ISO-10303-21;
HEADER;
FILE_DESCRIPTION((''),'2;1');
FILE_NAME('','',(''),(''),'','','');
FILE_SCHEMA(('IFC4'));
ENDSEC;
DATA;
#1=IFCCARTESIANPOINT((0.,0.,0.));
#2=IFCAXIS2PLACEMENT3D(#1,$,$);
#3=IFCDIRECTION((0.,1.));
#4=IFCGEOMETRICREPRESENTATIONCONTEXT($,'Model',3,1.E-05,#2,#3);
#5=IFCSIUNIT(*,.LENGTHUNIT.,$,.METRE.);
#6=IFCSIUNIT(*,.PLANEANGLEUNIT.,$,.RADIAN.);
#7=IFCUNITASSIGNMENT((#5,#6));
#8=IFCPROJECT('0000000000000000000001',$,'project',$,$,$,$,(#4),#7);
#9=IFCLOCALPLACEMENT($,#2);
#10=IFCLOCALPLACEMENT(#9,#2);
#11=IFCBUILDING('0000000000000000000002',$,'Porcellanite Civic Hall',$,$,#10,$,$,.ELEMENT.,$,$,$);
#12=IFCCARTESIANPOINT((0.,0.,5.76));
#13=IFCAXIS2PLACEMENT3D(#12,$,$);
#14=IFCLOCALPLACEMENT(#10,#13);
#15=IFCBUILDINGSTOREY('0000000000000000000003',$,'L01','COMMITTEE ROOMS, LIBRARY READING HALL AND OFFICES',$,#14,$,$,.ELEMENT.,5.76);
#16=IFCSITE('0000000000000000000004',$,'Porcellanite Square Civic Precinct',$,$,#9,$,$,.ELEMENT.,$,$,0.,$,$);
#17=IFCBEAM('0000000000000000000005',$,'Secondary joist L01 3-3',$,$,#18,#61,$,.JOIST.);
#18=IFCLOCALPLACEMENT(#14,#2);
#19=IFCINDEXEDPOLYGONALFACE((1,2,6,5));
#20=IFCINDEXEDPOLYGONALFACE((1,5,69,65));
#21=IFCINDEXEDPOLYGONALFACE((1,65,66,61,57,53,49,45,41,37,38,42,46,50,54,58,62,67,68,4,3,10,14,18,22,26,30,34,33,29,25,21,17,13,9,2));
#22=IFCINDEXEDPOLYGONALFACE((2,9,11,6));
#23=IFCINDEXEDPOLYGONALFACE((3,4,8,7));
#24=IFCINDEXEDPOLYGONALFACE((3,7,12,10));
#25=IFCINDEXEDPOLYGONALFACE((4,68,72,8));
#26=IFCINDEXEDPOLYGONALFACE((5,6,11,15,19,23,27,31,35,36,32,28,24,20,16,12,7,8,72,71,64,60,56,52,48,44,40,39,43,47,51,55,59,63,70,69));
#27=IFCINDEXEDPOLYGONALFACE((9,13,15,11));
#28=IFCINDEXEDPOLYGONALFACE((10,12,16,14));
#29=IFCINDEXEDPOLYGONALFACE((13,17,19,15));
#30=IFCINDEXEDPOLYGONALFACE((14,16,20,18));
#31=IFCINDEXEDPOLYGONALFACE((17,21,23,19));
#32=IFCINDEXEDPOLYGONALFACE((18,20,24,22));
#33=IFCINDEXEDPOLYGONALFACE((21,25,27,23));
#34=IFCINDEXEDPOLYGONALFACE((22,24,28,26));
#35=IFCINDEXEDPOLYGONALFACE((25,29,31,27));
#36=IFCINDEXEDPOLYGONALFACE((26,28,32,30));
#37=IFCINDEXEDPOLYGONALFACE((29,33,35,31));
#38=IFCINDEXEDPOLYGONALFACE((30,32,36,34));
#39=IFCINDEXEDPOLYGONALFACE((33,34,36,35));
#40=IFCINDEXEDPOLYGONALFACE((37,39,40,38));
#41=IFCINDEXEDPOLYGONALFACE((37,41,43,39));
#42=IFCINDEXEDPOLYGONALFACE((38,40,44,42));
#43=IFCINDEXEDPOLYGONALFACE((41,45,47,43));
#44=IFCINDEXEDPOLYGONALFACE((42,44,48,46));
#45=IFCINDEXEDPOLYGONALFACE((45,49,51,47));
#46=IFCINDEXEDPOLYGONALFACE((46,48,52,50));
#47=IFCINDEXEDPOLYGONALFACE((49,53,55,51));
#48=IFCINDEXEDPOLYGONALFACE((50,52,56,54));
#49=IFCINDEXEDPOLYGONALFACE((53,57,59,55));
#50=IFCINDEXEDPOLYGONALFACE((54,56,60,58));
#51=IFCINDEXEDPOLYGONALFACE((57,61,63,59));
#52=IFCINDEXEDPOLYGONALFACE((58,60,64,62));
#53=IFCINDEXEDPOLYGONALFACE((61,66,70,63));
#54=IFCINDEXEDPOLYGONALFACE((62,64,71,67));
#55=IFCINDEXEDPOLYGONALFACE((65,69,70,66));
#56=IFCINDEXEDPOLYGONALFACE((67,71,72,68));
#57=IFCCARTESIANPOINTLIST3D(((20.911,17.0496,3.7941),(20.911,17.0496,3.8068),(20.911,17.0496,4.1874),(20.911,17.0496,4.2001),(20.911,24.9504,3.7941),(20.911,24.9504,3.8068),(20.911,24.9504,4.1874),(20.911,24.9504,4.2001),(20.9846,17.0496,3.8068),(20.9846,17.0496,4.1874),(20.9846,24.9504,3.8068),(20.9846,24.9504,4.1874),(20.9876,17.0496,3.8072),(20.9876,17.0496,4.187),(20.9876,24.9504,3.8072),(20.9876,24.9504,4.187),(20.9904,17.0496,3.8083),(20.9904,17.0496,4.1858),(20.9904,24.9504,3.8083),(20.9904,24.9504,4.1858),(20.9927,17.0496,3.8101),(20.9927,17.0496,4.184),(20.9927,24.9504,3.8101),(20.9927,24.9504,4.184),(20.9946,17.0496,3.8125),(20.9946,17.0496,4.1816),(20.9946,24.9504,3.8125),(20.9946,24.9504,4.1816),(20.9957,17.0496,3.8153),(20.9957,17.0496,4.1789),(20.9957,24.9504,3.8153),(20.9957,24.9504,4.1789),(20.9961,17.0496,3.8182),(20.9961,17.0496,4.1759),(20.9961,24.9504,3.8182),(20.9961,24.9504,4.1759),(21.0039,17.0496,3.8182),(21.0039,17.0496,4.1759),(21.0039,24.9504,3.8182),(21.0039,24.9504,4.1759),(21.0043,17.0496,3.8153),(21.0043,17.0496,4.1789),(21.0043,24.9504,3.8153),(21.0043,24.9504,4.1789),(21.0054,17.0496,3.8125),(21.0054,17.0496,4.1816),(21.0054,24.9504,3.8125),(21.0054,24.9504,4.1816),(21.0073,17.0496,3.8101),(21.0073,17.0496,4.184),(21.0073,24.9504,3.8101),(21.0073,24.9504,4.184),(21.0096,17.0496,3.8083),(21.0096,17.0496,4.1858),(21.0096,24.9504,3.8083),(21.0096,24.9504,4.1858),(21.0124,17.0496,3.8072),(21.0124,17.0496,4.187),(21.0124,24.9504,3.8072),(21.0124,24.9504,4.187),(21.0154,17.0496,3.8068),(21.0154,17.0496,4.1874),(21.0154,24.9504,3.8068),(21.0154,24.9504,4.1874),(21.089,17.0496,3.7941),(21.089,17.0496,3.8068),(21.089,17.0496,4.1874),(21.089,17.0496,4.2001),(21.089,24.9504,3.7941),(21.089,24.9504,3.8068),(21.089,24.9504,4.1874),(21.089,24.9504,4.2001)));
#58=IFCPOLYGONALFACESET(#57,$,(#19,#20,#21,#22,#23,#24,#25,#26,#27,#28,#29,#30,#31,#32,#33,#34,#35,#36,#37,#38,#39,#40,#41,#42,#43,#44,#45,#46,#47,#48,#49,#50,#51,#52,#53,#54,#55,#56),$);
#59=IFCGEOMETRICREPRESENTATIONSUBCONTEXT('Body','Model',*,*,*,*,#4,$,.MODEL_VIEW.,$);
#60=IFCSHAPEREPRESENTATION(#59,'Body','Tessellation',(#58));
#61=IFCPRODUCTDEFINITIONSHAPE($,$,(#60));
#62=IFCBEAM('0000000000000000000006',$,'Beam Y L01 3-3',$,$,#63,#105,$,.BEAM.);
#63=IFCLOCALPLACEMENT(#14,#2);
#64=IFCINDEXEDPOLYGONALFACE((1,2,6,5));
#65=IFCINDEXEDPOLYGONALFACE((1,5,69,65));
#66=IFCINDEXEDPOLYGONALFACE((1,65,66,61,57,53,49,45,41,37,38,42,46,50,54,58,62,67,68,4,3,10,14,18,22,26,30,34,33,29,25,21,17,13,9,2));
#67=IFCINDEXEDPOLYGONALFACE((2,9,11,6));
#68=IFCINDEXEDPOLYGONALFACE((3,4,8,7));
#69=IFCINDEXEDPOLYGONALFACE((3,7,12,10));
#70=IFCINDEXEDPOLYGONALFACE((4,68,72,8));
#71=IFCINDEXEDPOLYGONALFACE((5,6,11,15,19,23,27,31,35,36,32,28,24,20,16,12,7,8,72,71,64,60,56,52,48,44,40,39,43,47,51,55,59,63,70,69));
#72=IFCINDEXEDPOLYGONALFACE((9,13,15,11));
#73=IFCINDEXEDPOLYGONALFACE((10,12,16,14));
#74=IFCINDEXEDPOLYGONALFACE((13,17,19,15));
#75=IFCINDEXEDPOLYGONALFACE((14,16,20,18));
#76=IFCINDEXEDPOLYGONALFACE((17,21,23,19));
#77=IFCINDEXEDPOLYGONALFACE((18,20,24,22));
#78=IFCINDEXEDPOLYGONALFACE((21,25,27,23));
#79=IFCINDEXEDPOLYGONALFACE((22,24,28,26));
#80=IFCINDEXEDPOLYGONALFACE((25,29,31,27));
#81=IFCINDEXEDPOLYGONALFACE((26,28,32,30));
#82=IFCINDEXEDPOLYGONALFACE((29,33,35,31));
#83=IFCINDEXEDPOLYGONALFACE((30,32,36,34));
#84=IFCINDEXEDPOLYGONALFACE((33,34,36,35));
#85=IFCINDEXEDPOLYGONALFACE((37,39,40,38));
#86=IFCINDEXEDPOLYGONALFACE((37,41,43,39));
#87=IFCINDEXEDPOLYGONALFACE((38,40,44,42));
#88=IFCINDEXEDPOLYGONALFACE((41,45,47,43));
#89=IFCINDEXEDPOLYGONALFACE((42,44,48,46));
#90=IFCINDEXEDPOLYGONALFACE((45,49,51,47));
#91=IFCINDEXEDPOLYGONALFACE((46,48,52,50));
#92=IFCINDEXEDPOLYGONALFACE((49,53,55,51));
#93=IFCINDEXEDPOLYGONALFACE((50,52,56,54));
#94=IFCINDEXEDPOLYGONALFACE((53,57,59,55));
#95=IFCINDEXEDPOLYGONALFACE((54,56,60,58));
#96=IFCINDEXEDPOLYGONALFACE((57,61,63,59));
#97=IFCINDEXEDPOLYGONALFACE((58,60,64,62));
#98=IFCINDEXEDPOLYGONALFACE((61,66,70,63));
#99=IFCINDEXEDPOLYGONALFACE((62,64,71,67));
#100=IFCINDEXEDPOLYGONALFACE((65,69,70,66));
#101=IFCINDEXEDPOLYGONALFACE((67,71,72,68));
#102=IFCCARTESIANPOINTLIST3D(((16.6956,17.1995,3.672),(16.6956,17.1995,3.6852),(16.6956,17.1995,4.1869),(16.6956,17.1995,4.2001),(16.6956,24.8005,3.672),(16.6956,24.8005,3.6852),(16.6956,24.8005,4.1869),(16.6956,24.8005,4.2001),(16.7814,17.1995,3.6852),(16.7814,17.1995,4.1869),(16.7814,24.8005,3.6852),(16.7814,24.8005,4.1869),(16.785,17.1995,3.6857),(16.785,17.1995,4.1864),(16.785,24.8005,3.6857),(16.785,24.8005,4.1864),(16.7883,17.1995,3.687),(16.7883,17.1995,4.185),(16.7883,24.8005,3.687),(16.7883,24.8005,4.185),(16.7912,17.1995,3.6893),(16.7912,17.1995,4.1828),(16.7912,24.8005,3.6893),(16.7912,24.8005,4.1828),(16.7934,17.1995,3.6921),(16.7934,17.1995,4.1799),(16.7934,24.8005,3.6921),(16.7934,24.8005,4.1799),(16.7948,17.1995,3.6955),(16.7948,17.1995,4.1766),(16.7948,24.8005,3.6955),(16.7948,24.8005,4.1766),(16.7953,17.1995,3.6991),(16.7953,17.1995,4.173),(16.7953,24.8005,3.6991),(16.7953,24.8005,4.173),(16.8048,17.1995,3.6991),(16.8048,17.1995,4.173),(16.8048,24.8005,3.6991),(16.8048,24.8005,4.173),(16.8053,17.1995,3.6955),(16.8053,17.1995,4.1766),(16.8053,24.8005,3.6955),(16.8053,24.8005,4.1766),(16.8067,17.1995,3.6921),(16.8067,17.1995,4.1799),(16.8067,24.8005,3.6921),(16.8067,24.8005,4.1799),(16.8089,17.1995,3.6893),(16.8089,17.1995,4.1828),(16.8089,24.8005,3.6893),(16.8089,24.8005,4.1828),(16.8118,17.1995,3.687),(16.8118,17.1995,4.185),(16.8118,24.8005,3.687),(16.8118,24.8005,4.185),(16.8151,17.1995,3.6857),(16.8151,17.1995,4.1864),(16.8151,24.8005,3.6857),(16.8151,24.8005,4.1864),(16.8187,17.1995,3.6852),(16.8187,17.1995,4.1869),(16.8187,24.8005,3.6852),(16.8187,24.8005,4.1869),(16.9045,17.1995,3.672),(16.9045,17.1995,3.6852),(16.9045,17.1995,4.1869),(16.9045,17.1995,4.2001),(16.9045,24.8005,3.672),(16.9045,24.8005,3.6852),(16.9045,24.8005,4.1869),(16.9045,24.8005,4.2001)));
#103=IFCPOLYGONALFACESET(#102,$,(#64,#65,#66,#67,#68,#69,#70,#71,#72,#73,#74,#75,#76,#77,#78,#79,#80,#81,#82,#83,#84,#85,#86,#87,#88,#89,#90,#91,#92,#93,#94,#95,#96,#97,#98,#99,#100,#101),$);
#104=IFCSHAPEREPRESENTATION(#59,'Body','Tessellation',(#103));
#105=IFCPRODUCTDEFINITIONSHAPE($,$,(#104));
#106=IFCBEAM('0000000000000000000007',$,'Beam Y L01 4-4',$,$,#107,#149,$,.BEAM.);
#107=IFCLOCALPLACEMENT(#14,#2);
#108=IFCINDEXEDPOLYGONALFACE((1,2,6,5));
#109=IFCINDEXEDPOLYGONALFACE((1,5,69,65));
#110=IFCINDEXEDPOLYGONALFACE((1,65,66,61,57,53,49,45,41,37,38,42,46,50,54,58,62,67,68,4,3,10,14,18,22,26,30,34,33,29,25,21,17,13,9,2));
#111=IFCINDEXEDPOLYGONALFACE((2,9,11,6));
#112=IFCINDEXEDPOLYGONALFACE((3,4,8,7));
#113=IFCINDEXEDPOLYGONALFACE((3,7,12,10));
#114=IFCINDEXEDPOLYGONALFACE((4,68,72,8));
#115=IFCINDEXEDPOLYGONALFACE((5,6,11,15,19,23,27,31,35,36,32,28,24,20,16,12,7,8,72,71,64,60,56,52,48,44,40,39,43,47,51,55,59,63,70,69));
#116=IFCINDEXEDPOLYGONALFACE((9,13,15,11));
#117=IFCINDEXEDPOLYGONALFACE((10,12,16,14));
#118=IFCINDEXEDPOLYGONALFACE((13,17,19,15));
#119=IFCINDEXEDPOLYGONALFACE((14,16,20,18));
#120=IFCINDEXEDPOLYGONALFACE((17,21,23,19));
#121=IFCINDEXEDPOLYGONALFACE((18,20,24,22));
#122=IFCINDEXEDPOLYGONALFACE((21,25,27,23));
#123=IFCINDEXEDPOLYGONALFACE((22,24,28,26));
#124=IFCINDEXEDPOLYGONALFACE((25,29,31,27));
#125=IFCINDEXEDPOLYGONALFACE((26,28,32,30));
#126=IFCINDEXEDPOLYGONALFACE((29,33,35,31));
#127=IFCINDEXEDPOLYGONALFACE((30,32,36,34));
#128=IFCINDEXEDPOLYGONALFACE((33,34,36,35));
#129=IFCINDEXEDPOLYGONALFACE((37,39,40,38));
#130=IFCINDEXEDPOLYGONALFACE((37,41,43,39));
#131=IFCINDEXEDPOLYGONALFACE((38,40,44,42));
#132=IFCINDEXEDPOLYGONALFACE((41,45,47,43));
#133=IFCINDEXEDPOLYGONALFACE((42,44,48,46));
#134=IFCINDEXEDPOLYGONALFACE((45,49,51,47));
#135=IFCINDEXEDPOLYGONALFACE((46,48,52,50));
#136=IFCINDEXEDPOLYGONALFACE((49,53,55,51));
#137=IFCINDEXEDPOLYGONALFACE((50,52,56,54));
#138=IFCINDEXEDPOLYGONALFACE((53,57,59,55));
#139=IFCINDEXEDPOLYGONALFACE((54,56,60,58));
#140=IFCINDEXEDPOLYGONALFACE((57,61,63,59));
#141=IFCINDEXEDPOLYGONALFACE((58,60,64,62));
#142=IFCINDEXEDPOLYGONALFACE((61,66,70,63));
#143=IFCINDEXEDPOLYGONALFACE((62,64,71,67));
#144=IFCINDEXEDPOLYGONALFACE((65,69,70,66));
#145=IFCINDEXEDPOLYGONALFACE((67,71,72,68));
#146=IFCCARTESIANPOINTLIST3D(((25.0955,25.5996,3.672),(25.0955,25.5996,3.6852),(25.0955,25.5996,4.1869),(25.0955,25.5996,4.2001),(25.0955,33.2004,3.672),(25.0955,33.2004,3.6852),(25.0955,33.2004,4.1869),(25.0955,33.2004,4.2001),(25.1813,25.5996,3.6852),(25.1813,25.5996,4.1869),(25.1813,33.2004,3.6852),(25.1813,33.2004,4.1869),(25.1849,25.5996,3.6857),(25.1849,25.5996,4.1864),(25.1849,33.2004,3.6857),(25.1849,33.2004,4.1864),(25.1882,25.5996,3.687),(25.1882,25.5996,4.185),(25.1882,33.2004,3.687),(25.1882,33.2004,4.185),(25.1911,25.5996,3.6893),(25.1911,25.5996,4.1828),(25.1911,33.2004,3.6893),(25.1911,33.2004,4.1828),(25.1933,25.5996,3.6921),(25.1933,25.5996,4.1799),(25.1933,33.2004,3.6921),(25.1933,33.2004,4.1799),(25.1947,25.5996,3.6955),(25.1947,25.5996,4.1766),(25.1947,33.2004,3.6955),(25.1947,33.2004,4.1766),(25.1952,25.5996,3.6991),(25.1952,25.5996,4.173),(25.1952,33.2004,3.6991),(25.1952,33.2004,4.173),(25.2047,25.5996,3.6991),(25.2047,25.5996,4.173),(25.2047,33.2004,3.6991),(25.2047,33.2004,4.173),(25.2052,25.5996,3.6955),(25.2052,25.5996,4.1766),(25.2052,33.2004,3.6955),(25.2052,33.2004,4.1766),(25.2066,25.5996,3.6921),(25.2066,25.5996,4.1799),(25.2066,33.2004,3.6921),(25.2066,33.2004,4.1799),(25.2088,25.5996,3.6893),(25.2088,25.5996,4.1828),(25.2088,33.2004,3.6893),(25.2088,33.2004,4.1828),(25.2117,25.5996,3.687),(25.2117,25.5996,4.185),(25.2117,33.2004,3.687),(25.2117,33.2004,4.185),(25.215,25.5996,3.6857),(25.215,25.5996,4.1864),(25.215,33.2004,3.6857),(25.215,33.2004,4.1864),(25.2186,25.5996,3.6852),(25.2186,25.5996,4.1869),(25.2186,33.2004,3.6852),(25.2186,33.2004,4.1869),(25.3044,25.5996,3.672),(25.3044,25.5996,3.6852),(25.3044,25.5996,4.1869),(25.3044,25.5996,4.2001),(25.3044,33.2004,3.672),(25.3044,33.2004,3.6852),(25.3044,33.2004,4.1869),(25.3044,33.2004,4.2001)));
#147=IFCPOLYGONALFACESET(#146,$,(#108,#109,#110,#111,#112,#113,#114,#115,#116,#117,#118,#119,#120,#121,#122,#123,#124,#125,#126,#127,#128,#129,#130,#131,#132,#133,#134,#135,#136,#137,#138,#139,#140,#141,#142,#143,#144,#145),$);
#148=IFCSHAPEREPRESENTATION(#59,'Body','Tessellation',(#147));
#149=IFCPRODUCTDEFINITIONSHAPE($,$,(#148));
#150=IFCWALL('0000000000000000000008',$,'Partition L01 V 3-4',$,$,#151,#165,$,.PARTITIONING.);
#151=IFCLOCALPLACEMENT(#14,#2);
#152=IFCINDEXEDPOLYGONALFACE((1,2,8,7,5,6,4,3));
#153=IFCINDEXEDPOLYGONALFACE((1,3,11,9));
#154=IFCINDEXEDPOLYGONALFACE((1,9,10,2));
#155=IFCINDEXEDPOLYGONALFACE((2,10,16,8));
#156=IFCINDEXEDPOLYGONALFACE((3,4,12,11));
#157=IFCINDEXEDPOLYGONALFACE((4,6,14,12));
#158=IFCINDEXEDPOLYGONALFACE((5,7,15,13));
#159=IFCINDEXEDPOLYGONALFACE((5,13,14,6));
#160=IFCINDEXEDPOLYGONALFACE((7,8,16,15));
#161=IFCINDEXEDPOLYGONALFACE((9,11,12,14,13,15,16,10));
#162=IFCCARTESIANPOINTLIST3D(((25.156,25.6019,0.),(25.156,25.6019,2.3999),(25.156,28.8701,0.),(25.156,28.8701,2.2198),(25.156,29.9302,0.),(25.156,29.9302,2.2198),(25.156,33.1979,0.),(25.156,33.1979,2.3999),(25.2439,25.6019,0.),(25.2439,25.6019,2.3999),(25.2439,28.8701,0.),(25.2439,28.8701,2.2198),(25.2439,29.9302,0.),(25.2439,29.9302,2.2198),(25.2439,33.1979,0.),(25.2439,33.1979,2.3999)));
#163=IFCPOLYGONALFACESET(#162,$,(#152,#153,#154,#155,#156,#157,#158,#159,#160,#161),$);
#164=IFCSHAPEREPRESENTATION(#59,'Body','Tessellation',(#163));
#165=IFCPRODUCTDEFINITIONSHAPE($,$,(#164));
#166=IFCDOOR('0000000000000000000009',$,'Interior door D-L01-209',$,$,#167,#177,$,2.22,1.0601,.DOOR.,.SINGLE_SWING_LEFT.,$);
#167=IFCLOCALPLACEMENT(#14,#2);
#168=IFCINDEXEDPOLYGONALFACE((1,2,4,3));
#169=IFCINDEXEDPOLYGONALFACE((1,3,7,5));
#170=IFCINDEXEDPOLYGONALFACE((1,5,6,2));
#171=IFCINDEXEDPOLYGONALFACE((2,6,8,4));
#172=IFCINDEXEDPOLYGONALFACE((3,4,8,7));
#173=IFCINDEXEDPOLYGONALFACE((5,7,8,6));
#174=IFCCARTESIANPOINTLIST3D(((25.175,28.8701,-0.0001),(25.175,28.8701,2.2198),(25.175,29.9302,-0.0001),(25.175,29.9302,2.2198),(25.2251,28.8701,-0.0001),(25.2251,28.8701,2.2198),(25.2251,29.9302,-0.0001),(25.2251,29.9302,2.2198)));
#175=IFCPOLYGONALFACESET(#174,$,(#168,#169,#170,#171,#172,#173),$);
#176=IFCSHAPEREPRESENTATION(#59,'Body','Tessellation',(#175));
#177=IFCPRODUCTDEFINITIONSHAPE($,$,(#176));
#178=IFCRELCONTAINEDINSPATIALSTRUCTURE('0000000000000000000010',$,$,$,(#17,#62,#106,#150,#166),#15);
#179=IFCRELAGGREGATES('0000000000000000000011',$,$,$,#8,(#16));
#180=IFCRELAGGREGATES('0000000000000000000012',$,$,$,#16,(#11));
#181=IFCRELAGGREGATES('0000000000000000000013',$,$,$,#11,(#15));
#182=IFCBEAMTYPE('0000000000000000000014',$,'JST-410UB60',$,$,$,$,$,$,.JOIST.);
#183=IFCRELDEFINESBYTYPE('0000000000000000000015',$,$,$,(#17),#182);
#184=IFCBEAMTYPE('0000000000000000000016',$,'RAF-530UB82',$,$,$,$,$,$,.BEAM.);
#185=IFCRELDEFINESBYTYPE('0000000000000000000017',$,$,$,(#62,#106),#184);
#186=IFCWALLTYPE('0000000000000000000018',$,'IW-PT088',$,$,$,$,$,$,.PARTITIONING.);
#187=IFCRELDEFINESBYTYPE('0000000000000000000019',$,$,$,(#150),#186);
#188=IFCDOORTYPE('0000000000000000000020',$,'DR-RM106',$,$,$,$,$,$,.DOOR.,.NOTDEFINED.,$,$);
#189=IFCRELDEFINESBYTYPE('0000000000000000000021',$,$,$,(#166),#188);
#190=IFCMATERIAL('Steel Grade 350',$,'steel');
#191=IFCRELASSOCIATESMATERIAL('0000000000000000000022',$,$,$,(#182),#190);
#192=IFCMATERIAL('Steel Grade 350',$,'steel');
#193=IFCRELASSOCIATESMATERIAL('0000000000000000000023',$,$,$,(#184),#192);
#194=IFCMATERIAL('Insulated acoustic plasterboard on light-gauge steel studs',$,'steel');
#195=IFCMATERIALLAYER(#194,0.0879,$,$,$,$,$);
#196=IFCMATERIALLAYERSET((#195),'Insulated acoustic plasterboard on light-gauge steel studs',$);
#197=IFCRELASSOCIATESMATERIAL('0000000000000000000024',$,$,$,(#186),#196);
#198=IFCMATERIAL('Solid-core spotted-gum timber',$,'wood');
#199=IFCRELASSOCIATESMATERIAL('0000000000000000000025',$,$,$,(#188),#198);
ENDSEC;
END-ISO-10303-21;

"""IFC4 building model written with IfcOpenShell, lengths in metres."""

from ifc_helpers import new_model, si_unit, direction, frame, frame_2d, origin, origin_2d, place, context, subcontext, project, spatial, rectangle, i_section, extrude, material, layer, layer_set, material_profile, profile_set, type_object, element, fill, save


model = new_model("IFC4")

# Units and contexts
model_context = context("Model", 3, precision=1e-05, world=origin(), true_north=direction((0.0, 1.0)))
body_context = subcontext(model_context, "Body", "Model", "MODEL_VIEW")
ifc_project = project(units=[si_unit("LENGTHUNIT", "METRE"), si_unit("PLANEANGLEUNIT", "RADIAN")], contexts=[model_context])

# Site, building, storey
site_placement = place(None, origin())
site = spatial("IfcSite", under=ifc_project, at=site_placement, Name="Porcellanite Square Civic Precinct", CompositionType="ELEMENT", RefElevation=0.0)
building_placement = place(site_placement, origin())
building = spatial("IfcBuilding", under=site, at=building_placement, Name="Porcellanite Civic Hall", CompositionType="ELEMENT")
storey_placement = place(building_placement, frame((0.0, 0.0, 5.76)))
storey = spatial("IfcBuildingStorey", under=building, at=storey_placement, Name="L01", Description="COMMITTEE ROOMS, LIBRARY READING HALL AND OFFICES", CompositionType="ELEMENT", Elevation=5.76)

# Beams
ifc_material_1 = material(Name="Steel Grade 350", Category="steel")
ifc_material_profile_1 = material_profile(ifc_material_1, i_section(OverallWidth=0.178, OverallDepth=0.406, WebThickness=0.0078, FlangeThickness=0.0127, FilletRadius=0.0115, at=origin_2d()), Name="410UB59.7")
ifc_profile_set_1 = profile_set([ifc_material_profile_1], Name="Steel Grade 350")
beam_type_1 = type_object("IfcBeamType", Name="JST-410UB60", PredefinedType="JOIST", material=ifc_profile_set_1)
beam_1_placement = place(storey_placement, frame((21.0, 17.0496, 3.9971), z_axis=(0.0, 1.0, 0.0), x_axis=(-1.0, 0.0, 0.0)))
element("IfcBeam", 1, at=beam_1_placement, inside=storey, type_object=beam_type_1, Name="Secondary joist L01 3-3", PredefinedType="JOIST", context=body_context, shape_type="SweptSolid", body=[
    extrude(i_section(OverallWidth=0.178, OverallDepth=0.406, WebThickness=0.0078, FlangeThickness=0.0127, FilletRadius=0.0115, at=origin_2d()), origin(), (0.0, 0.0, 1.0), 7.9009),
])
ifc_material_2 = material(Name="Steel Grade 350", Category="steel")
ifc_material_profile_2 = material_profile(ifc_material_2, i_section(OverallWidth=0.209, OverallDepth=0.5281, WebThickness=0.0095, FlangeThickness=0.0132, FilletRadius=0.0139, at=origin_2d()), Name="530UB82.0")
ifc_profile_set_2 = profile_set([ifc_material_profile_2], Name="Steel Grade 350")
beam_type_2 = type_object("IfcBeamType", Name="RAF-530UB82", PredefinedType="BEAM", material=ifc_profile_set_2)
beam_2_placement = place(storey_placement, frame((16.8, 17.1995, 3.936), z_axis=(0.0, 1.0, 0.0), x_axis=(-1.0, 0.0, 0.0)))
element("IfcBeam", 2, at=beam_2_placement, inside=storey, type_object=beam_type_2, Name="Beam Y L01 3-3", PredefinedType="BEAM", context=body_context, shape_type="SweptSolid", body=[
    extrude(i_section(OverallWidth=0.209, OverallDepth=0.5281, WebThickness=0.0095, FlangeThickness=0.0132, FilletRadius=0.0139, at=origin_2d()), origin(), (0.0, 0.0, 1.0), 7.6011),
])
beam_3_placement = place(storey_placement, frame((25.2, 25.5996, 3.936), z_axis=(0.0, 1.0, 0.0), x_axis=(-1.0, 0.0, 0.0)))
element("IfcBeam", 3, at=beam_3_placement, inside=storey, type_object=beam_type_2, Name="Beam Y L01 4-4", PredefinedType="BEAM", context=body_context, shape_type="SweptSolid", body=[
    extrude(i_section(OverallWidth=0.209, OverallDepth=0.5281, WebThickness=0.0095, FlangeThickness=0.0132, FilletRadius=0.0139, at=origin_2d()), origin(), (0.0, 0.0, 1.0), 7.6008),
])

# Wall, opening, door
ifc_material_3 = material(Name="Insulated acoustic plasterboard on light-gauge steel studs", Category="steel")
ifc_layer_1 = layer(ifc_material_3, 0.0879)
ifc_layer_set_1 = layer_set([ifc_layer_1], Name="Insulated acoustic plasterboard on light-gauge steel studs")
wall_type_1 = type_object("IfcWallType", Name="IW-PT088", PredefinedType="PARTITIONING", material=ifc_layer_set_1)
wall_1_placement = place(storey_placement, frame((25.2, 25.6021, 0.0), z_axis=(0.0, 0.0, 1.0), x_axis=(0.0, 1.0, 0.0)))
wall_1 = element("IfcWall", 4, at=wall_1_placement, inside=storey, type_object=wall_type_1, Name="Partition L01 V 3-4", PredefinedType="PARTITIONING", context=body_context, shape_type="SweptSolid", body=[
    extrude(rectangle(XDim=7.5959, YDim=0.0879, at=frame_2d((3.7979, 0.0))), origin(), (0.0, 0.0, 1.0), 2.3999),
])
opening_1_placement = place(wall_1_placement, frame((3.2681, 0.0, 0.0)))
opening_1 = element("IfcOpeningElement", 5, at=opening_1_placement, cuts=wall_1, PredefinedType="OPENING", context=body_context, shape_type="SweptSolid", body=[
    extrude(rectangle(XDim=1.0601, YDim=2.22, at=frame_2d((0.53, 1.1099))), frame((0.0, 0.0439, 0.0), z_axis=(0.0, -1.0, 0.0), x_axis=(1.0, 0.0, 0.0)), (0.0, 0.0, 1.0), 0.0879),
])
ifc_material_4 = material(Name="Solid-core spotted-gum timber", Category="wood")
door_type_1 = type_object("IfcDoorType", Name="DR-RM106", OperationType="NOTDEFINED", PredefinedType="DOOR", material=ifc_material_4)
door_1_placement = place(opening_1_placement, origin())
door_1 = element("IfcDoor", 6, at=door_1_placement, inside=storey, type_object=door_type_1, Name="Interior door D-L01-209", OperationType="SINGLE_SWING_LEFT", OverallHeight=2.22, OverallWidth=1.0601, PredefinedType="DOOR", context=body_context, shape_type="SweptSolid", body=[
    extrude(rectangle(XDim=1.0601, YDim=2.22, at=frame_2d((0.53, 1.1099))), frame((0.0, 0.0249, 0.0), z_axis=(0.0, -1.0, 0.0), x_axis=(1.0, 0.0, 0.0)), (0.0, 0.0, 1.0), 0.05),
])
fill(opening_1, door_1)

save(model, "model.ifc")
